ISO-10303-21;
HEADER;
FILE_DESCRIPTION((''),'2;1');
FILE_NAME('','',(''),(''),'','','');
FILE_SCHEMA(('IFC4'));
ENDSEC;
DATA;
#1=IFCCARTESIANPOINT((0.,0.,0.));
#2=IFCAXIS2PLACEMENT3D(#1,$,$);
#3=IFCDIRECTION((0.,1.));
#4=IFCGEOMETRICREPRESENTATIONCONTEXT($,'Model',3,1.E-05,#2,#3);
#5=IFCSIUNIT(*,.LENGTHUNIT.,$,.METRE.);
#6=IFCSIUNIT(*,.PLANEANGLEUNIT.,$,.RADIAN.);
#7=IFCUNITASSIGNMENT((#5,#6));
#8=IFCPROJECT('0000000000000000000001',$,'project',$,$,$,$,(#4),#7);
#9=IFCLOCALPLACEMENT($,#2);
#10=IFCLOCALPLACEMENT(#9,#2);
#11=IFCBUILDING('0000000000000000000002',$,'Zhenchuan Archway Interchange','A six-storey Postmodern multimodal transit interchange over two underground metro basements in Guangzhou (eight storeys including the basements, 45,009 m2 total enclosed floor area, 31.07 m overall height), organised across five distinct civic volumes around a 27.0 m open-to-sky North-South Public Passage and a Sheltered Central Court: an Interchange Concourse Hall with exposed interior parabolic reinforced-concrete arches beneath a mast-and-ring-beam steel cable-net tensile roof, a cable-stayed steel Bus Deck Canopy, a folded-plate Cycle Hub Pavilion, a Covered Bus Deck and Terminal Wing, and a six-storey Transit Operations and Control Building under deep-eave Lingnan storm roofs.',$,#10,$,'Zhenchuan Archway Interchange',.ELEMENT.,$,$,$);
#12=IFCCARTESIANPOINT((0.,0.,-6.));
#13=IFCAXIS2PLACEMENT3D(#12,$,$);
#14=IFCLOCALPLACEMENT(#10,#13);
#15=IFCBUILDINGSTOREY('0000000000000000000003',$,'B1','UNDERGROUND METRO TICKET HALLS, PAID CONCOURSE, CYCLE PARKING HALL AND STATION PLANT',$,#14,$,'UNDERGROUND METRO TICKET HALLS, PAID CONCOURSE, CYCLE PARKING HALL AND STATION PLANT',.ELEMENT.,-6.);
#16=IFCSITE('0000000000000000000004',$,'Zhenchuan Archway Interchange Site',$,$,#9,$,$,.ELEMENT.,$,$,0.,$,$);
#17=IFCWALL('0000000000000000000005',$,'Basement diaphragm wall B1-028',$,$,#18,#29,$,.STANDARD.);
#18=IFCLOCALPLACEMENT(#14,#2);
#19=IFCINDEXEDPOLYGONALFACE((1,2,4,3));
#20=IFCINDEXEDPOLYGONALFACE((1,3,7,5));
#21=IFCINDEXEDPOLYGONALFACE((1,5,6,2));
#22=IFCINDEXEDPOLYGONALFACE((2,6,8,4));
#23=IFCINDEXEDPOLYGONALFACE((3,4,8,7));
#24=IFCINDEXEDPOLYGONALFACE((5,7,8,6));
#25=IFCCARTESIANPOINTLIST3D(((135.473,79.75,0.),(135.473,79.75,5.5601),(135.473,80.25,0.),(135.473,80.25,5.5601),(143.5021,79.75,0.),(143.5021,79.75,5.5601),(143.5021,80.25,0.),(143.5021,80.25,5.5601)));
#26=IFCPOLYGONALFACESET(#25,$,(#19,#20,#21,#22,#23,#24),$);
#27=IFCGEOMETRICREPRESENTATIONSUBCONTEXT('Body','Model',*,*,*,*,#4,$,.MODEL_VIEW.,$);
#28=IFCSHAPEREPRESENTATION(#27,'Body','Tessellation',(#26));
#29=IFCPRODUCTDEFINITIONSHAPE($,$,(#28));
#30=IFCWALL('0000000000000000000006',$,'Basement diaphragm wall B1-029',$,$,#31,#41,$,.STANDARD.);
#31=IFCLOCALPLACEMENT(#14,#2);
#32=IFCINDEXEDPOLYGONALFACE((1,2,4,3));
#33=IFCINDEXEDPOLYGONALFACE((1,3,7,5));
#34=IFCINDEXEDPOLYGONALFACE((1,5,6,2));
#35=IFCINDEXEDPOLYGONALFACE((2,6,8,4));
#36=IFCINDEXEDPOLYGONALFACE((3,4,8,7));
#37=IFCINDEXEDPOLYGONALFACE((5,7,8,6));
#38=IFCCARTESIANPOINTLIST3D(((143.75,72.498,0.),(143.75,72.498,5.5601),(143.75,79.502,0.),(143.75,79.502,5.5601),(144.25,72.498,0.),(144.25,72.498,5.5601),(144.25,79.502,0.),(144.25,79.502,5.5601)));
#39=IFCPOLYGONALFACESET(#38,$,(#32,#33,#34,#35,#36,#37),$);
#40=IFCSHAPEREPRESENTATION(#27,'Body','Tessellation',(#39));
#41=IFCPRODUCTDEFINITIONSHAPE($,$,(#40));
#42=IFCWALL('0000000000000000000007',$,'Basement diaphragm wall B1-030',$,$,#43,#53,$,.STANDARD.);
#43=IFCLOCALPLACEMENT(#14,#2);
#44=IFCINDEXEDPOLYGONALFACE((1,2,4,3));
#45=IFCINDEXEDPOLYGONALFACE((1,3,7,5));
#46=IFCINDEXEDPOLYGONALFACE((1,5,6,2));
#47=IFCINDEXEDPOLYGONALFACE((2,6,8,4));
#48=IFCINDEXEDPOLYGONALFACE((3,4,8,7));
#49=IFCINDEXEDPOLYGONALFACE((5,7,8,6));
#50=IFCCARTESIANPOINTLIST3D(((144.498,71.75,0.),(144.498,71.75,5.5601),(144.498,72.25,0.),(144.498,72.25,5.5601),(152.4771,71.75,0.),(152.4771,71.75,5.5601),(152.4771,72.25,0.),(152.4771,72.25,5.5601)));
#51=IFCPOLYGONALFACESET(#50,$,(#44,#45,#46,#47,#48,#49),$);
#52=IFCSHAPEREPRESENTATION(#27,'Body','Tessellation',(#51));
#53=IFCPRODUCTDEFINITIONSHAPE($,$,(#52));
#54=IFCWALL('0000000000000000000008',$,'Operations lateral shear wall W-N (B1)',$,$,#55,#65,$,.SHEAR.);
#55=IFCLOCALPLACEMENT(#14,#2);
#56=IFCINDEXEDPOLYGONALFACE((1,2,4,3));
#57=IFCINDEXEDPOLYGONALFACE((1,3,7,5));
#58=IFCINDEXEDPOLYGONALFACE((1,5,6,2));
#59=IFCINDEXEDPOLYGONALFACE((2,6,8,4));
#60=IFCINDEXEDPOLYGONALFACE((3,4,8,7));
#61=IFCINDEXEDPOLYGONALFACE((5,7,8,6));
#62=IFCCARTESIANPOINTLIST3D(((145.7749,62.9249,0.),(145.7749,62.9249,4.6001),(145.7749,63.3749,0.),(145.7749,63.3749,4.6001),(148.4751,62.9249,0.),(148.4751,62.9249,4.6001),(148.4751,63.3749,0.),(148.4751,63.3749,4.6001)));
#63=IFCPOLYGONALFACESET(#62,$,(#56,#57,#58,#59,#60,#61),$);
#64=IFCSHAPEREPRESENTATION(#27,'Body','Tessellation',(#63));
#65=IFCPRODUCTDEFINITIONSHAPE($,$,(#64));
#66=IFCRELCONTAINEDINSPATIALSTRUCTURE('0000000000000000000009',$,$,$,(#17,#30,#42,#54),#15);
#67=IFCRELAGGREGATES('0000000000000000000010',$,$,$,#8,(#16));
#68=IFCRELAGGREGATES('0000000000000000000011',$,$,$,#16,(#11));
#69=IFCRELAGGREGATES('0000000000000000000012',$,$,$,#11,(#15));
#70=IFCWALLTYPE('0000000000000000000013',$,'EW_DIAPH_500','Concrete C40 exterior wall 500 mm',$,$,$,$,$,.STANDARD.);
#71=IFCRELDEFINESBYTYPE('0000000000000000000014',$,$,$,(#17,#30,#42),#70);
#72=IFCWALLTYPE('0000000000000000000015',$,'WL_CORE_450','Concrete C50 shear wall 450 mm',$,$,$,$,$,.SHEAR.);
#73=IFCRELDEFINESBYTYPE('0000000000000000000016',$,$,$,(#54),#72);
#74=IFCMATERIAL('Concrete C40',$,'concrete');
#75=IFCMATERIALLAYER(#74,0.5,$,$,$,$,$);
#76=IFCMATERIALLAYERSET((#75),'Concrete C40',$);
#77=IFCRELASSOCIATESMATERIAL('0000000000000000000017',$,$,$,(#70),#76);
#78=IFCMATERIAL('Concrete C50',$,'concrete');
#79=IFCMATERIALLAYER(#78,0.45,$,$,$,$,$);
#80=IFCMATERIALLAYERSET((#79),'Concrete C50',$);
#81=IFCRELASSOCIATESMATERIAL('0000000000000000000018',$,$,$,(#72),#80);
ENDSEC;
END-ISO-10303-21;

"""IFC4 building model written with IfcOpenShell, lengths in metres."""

from ifc_helpers import new_model, si_unit, direction, frame, frame_2d, origin, place, context, subcontext, project, spatial, rectangle, extrude, material, layer, layer_set, type_object, element, save


model = new_model("IFC4")

# Units and contexts
model_context = context("Model", 3, precision=1e-05, world=origin(), true_north=direction((0.0, 1.0)))
body_context = subcontext(model_context, "Body", "Model", "MODEL_VIEW")
ifc_project = project(units=[si_unit("LENGTHUNIT", "METRE"), si_unit("PLANEANGLEUNIT", "RADIAN")], contexts=[model_context])

# Site, building, storey
site_placement = place(None, origin())
site = spatial("IfcSite", under=ifc_project, at=site_placement, Name="Zhenchuan Archway Interchange Site", CompositionType="ELEMENT", RefElevation=0.0)
building_placement = place(site_placement, origin())
building = spatial("IfcBuilding", under=site, at=building_placement, Name="Zhenchuan Archway Interchange", Description="A six-storey Postmodern multimodal transit interchange over two underground metro basements in Guangzhou (eight storeys including the basements, 45,009 m2 total enclosed floor area, 31.07 m overall height), organised across five distinct civic volumes around a 27.0 m open-to-sky North-South Public Passage and a Sheltered Central Court: an Interchange Concourse Hall with exposed interior parabolic reinforced-concrete arches beneath a mast-and-ring-beam steel cable-net tensile roof, a cable-stayed steel Bus Deck Canopy, a folded-plate Cycle Hub Pavilion, a Covered Bus Deck and Terminal Wing, and a six-storey Transit Operations and Control Building under deep-eave Lingnan storm roofs.", LongName="Zhenchuan Archway Interchange", CompositionType="ELEMENT")
storey_placement = place(building_placement, frame((0.0, 0.0, -6.0)))
storey = spatial("IfcBuildingStorey", under=building, at=storey_placement, Name="B1", Description="UNDERGROUND METRO TICKET HALLS, PAID CONCOURSE, CYCLE PARKING HALL AND STATION PLANT", LongName="UNDERGROUND METRO TICKET HALLS, PAID CONCOURSE, CYCLE PARKING HALL AND STATION PLANT", CompositionType="ELEMENT", Elevation=-6.0)

# Shared definitions
ifc_material_1 = material(Name="Concrete C50", Category="concrete")

# Shared definitions
ifc_material_2 = material(Name="Concrete C40", Category="concrete")

# Walls
ifc_layer_1 = layer(ifc_material_2, 0.5)
ifc_layer_set_1 = layer_set([ifc_layer_1], Name="Concrete C40")
wall_type_1 = type_object("IfcWallType", Name="EW_DIAPH_500", Description="Concrete C40 exterior wall 500 mm", PredefinedType="STANDARD", material=ifc_layer_set_1)
wall_1_placement = place(storey_placement, frame((135.4729, 80.0, 0.0), z_axis=(0.0, 0.0, 1.0), x_axis=(1.0, 0.0, 0.0)))
element("IfcWall", 1, at=wall_1_placement, inside=storey, type_object=wall_type_1, Name="Basement diaphragm wall B1-028", PredefinedType="STANDARD", context=body_context, shape_type="SweptSolid", body=[
    extrude(rectangle(XDim=8.0291, YDim=0.5, at=frame_2d((4.0146, 0.0))), origin(), (0.0, 0.0, 1.0), 5.5601),
])
wall_2_placement = place(storey_placement, frame((144.0, 79.502, 0.0), z_axis=(0.0, 0.0, 1.0), x_axis=(0.0, -1.0, 0.0)))
element("IfcWall", 2, at=wall_2_placement, inside=storey, type_object=wall_type_1, Name="Basement diaphragm wall B1-029", PredefinedType="STANDARD", context=body_context, shape_type="SweptSolid", body=[
    extrude(rectangle(XDim=7.0039, YDim=0.5, at=frame_2d((3.502, 0.0))), origin(), (0.0, 0.0, 1.0), 5.5601),
])
wall_3_placement = place(storey_placement, frame((144.498, 72.0, 0.0), z_axis=(0.0, 0.0, 1.0), x_axis=(1.0, 0.0, 0.0)))
element("IfcWall", 3, at=wall_3_placement, inside=storey, type_object=wall_type_1, Name="Basement diaphragm wall B1-030", PredefinedType="STANDARD", context=body_context, shape_type="SweptSolid", body=[
    extrude(rectangle(XDim=7.979, YDim=0.5, at=frame_2d((3.9895, 0.0))), origin(), (0.0, 0.0, 1.0), 5.5601),
])
ifc_layer_2 = layer(ifc_material_1, 0.45)
ifc_layer_set_2 = layer_set([ifc_layer_2], Name="Concrete C50")
wall_type_2 = type_object("IfcWallType", Name="WL_CORE_450", Description="Concrete C50 shear wall 450 mm", PredefinedType="SHEAR", material=ifc_layer_set_2)
wall_4_placement = place(storey_placement, frame((145.7749, 63.1499, 0.0), z_axis=(0.0, 0.0, 1.0), x_axis=(1.0, 0.0, 0.0)))
element("IfcWall", 4, at=wall_4_placement, inside=storey, type_object=wall_type_2, Name="Operations lateral shear wall W-N (B1)", PredefinedType="SHEAR", context=body_context, shape_type="SweptSolid", body=[
    extrude(rectangle(XDim=2.7002, YDim=0.45, at=frame_2d((1.3501, 0.0))), origin(), (0.0, 0.0, 1.0), 4.6001),
])

save(model, "model.ifc")
